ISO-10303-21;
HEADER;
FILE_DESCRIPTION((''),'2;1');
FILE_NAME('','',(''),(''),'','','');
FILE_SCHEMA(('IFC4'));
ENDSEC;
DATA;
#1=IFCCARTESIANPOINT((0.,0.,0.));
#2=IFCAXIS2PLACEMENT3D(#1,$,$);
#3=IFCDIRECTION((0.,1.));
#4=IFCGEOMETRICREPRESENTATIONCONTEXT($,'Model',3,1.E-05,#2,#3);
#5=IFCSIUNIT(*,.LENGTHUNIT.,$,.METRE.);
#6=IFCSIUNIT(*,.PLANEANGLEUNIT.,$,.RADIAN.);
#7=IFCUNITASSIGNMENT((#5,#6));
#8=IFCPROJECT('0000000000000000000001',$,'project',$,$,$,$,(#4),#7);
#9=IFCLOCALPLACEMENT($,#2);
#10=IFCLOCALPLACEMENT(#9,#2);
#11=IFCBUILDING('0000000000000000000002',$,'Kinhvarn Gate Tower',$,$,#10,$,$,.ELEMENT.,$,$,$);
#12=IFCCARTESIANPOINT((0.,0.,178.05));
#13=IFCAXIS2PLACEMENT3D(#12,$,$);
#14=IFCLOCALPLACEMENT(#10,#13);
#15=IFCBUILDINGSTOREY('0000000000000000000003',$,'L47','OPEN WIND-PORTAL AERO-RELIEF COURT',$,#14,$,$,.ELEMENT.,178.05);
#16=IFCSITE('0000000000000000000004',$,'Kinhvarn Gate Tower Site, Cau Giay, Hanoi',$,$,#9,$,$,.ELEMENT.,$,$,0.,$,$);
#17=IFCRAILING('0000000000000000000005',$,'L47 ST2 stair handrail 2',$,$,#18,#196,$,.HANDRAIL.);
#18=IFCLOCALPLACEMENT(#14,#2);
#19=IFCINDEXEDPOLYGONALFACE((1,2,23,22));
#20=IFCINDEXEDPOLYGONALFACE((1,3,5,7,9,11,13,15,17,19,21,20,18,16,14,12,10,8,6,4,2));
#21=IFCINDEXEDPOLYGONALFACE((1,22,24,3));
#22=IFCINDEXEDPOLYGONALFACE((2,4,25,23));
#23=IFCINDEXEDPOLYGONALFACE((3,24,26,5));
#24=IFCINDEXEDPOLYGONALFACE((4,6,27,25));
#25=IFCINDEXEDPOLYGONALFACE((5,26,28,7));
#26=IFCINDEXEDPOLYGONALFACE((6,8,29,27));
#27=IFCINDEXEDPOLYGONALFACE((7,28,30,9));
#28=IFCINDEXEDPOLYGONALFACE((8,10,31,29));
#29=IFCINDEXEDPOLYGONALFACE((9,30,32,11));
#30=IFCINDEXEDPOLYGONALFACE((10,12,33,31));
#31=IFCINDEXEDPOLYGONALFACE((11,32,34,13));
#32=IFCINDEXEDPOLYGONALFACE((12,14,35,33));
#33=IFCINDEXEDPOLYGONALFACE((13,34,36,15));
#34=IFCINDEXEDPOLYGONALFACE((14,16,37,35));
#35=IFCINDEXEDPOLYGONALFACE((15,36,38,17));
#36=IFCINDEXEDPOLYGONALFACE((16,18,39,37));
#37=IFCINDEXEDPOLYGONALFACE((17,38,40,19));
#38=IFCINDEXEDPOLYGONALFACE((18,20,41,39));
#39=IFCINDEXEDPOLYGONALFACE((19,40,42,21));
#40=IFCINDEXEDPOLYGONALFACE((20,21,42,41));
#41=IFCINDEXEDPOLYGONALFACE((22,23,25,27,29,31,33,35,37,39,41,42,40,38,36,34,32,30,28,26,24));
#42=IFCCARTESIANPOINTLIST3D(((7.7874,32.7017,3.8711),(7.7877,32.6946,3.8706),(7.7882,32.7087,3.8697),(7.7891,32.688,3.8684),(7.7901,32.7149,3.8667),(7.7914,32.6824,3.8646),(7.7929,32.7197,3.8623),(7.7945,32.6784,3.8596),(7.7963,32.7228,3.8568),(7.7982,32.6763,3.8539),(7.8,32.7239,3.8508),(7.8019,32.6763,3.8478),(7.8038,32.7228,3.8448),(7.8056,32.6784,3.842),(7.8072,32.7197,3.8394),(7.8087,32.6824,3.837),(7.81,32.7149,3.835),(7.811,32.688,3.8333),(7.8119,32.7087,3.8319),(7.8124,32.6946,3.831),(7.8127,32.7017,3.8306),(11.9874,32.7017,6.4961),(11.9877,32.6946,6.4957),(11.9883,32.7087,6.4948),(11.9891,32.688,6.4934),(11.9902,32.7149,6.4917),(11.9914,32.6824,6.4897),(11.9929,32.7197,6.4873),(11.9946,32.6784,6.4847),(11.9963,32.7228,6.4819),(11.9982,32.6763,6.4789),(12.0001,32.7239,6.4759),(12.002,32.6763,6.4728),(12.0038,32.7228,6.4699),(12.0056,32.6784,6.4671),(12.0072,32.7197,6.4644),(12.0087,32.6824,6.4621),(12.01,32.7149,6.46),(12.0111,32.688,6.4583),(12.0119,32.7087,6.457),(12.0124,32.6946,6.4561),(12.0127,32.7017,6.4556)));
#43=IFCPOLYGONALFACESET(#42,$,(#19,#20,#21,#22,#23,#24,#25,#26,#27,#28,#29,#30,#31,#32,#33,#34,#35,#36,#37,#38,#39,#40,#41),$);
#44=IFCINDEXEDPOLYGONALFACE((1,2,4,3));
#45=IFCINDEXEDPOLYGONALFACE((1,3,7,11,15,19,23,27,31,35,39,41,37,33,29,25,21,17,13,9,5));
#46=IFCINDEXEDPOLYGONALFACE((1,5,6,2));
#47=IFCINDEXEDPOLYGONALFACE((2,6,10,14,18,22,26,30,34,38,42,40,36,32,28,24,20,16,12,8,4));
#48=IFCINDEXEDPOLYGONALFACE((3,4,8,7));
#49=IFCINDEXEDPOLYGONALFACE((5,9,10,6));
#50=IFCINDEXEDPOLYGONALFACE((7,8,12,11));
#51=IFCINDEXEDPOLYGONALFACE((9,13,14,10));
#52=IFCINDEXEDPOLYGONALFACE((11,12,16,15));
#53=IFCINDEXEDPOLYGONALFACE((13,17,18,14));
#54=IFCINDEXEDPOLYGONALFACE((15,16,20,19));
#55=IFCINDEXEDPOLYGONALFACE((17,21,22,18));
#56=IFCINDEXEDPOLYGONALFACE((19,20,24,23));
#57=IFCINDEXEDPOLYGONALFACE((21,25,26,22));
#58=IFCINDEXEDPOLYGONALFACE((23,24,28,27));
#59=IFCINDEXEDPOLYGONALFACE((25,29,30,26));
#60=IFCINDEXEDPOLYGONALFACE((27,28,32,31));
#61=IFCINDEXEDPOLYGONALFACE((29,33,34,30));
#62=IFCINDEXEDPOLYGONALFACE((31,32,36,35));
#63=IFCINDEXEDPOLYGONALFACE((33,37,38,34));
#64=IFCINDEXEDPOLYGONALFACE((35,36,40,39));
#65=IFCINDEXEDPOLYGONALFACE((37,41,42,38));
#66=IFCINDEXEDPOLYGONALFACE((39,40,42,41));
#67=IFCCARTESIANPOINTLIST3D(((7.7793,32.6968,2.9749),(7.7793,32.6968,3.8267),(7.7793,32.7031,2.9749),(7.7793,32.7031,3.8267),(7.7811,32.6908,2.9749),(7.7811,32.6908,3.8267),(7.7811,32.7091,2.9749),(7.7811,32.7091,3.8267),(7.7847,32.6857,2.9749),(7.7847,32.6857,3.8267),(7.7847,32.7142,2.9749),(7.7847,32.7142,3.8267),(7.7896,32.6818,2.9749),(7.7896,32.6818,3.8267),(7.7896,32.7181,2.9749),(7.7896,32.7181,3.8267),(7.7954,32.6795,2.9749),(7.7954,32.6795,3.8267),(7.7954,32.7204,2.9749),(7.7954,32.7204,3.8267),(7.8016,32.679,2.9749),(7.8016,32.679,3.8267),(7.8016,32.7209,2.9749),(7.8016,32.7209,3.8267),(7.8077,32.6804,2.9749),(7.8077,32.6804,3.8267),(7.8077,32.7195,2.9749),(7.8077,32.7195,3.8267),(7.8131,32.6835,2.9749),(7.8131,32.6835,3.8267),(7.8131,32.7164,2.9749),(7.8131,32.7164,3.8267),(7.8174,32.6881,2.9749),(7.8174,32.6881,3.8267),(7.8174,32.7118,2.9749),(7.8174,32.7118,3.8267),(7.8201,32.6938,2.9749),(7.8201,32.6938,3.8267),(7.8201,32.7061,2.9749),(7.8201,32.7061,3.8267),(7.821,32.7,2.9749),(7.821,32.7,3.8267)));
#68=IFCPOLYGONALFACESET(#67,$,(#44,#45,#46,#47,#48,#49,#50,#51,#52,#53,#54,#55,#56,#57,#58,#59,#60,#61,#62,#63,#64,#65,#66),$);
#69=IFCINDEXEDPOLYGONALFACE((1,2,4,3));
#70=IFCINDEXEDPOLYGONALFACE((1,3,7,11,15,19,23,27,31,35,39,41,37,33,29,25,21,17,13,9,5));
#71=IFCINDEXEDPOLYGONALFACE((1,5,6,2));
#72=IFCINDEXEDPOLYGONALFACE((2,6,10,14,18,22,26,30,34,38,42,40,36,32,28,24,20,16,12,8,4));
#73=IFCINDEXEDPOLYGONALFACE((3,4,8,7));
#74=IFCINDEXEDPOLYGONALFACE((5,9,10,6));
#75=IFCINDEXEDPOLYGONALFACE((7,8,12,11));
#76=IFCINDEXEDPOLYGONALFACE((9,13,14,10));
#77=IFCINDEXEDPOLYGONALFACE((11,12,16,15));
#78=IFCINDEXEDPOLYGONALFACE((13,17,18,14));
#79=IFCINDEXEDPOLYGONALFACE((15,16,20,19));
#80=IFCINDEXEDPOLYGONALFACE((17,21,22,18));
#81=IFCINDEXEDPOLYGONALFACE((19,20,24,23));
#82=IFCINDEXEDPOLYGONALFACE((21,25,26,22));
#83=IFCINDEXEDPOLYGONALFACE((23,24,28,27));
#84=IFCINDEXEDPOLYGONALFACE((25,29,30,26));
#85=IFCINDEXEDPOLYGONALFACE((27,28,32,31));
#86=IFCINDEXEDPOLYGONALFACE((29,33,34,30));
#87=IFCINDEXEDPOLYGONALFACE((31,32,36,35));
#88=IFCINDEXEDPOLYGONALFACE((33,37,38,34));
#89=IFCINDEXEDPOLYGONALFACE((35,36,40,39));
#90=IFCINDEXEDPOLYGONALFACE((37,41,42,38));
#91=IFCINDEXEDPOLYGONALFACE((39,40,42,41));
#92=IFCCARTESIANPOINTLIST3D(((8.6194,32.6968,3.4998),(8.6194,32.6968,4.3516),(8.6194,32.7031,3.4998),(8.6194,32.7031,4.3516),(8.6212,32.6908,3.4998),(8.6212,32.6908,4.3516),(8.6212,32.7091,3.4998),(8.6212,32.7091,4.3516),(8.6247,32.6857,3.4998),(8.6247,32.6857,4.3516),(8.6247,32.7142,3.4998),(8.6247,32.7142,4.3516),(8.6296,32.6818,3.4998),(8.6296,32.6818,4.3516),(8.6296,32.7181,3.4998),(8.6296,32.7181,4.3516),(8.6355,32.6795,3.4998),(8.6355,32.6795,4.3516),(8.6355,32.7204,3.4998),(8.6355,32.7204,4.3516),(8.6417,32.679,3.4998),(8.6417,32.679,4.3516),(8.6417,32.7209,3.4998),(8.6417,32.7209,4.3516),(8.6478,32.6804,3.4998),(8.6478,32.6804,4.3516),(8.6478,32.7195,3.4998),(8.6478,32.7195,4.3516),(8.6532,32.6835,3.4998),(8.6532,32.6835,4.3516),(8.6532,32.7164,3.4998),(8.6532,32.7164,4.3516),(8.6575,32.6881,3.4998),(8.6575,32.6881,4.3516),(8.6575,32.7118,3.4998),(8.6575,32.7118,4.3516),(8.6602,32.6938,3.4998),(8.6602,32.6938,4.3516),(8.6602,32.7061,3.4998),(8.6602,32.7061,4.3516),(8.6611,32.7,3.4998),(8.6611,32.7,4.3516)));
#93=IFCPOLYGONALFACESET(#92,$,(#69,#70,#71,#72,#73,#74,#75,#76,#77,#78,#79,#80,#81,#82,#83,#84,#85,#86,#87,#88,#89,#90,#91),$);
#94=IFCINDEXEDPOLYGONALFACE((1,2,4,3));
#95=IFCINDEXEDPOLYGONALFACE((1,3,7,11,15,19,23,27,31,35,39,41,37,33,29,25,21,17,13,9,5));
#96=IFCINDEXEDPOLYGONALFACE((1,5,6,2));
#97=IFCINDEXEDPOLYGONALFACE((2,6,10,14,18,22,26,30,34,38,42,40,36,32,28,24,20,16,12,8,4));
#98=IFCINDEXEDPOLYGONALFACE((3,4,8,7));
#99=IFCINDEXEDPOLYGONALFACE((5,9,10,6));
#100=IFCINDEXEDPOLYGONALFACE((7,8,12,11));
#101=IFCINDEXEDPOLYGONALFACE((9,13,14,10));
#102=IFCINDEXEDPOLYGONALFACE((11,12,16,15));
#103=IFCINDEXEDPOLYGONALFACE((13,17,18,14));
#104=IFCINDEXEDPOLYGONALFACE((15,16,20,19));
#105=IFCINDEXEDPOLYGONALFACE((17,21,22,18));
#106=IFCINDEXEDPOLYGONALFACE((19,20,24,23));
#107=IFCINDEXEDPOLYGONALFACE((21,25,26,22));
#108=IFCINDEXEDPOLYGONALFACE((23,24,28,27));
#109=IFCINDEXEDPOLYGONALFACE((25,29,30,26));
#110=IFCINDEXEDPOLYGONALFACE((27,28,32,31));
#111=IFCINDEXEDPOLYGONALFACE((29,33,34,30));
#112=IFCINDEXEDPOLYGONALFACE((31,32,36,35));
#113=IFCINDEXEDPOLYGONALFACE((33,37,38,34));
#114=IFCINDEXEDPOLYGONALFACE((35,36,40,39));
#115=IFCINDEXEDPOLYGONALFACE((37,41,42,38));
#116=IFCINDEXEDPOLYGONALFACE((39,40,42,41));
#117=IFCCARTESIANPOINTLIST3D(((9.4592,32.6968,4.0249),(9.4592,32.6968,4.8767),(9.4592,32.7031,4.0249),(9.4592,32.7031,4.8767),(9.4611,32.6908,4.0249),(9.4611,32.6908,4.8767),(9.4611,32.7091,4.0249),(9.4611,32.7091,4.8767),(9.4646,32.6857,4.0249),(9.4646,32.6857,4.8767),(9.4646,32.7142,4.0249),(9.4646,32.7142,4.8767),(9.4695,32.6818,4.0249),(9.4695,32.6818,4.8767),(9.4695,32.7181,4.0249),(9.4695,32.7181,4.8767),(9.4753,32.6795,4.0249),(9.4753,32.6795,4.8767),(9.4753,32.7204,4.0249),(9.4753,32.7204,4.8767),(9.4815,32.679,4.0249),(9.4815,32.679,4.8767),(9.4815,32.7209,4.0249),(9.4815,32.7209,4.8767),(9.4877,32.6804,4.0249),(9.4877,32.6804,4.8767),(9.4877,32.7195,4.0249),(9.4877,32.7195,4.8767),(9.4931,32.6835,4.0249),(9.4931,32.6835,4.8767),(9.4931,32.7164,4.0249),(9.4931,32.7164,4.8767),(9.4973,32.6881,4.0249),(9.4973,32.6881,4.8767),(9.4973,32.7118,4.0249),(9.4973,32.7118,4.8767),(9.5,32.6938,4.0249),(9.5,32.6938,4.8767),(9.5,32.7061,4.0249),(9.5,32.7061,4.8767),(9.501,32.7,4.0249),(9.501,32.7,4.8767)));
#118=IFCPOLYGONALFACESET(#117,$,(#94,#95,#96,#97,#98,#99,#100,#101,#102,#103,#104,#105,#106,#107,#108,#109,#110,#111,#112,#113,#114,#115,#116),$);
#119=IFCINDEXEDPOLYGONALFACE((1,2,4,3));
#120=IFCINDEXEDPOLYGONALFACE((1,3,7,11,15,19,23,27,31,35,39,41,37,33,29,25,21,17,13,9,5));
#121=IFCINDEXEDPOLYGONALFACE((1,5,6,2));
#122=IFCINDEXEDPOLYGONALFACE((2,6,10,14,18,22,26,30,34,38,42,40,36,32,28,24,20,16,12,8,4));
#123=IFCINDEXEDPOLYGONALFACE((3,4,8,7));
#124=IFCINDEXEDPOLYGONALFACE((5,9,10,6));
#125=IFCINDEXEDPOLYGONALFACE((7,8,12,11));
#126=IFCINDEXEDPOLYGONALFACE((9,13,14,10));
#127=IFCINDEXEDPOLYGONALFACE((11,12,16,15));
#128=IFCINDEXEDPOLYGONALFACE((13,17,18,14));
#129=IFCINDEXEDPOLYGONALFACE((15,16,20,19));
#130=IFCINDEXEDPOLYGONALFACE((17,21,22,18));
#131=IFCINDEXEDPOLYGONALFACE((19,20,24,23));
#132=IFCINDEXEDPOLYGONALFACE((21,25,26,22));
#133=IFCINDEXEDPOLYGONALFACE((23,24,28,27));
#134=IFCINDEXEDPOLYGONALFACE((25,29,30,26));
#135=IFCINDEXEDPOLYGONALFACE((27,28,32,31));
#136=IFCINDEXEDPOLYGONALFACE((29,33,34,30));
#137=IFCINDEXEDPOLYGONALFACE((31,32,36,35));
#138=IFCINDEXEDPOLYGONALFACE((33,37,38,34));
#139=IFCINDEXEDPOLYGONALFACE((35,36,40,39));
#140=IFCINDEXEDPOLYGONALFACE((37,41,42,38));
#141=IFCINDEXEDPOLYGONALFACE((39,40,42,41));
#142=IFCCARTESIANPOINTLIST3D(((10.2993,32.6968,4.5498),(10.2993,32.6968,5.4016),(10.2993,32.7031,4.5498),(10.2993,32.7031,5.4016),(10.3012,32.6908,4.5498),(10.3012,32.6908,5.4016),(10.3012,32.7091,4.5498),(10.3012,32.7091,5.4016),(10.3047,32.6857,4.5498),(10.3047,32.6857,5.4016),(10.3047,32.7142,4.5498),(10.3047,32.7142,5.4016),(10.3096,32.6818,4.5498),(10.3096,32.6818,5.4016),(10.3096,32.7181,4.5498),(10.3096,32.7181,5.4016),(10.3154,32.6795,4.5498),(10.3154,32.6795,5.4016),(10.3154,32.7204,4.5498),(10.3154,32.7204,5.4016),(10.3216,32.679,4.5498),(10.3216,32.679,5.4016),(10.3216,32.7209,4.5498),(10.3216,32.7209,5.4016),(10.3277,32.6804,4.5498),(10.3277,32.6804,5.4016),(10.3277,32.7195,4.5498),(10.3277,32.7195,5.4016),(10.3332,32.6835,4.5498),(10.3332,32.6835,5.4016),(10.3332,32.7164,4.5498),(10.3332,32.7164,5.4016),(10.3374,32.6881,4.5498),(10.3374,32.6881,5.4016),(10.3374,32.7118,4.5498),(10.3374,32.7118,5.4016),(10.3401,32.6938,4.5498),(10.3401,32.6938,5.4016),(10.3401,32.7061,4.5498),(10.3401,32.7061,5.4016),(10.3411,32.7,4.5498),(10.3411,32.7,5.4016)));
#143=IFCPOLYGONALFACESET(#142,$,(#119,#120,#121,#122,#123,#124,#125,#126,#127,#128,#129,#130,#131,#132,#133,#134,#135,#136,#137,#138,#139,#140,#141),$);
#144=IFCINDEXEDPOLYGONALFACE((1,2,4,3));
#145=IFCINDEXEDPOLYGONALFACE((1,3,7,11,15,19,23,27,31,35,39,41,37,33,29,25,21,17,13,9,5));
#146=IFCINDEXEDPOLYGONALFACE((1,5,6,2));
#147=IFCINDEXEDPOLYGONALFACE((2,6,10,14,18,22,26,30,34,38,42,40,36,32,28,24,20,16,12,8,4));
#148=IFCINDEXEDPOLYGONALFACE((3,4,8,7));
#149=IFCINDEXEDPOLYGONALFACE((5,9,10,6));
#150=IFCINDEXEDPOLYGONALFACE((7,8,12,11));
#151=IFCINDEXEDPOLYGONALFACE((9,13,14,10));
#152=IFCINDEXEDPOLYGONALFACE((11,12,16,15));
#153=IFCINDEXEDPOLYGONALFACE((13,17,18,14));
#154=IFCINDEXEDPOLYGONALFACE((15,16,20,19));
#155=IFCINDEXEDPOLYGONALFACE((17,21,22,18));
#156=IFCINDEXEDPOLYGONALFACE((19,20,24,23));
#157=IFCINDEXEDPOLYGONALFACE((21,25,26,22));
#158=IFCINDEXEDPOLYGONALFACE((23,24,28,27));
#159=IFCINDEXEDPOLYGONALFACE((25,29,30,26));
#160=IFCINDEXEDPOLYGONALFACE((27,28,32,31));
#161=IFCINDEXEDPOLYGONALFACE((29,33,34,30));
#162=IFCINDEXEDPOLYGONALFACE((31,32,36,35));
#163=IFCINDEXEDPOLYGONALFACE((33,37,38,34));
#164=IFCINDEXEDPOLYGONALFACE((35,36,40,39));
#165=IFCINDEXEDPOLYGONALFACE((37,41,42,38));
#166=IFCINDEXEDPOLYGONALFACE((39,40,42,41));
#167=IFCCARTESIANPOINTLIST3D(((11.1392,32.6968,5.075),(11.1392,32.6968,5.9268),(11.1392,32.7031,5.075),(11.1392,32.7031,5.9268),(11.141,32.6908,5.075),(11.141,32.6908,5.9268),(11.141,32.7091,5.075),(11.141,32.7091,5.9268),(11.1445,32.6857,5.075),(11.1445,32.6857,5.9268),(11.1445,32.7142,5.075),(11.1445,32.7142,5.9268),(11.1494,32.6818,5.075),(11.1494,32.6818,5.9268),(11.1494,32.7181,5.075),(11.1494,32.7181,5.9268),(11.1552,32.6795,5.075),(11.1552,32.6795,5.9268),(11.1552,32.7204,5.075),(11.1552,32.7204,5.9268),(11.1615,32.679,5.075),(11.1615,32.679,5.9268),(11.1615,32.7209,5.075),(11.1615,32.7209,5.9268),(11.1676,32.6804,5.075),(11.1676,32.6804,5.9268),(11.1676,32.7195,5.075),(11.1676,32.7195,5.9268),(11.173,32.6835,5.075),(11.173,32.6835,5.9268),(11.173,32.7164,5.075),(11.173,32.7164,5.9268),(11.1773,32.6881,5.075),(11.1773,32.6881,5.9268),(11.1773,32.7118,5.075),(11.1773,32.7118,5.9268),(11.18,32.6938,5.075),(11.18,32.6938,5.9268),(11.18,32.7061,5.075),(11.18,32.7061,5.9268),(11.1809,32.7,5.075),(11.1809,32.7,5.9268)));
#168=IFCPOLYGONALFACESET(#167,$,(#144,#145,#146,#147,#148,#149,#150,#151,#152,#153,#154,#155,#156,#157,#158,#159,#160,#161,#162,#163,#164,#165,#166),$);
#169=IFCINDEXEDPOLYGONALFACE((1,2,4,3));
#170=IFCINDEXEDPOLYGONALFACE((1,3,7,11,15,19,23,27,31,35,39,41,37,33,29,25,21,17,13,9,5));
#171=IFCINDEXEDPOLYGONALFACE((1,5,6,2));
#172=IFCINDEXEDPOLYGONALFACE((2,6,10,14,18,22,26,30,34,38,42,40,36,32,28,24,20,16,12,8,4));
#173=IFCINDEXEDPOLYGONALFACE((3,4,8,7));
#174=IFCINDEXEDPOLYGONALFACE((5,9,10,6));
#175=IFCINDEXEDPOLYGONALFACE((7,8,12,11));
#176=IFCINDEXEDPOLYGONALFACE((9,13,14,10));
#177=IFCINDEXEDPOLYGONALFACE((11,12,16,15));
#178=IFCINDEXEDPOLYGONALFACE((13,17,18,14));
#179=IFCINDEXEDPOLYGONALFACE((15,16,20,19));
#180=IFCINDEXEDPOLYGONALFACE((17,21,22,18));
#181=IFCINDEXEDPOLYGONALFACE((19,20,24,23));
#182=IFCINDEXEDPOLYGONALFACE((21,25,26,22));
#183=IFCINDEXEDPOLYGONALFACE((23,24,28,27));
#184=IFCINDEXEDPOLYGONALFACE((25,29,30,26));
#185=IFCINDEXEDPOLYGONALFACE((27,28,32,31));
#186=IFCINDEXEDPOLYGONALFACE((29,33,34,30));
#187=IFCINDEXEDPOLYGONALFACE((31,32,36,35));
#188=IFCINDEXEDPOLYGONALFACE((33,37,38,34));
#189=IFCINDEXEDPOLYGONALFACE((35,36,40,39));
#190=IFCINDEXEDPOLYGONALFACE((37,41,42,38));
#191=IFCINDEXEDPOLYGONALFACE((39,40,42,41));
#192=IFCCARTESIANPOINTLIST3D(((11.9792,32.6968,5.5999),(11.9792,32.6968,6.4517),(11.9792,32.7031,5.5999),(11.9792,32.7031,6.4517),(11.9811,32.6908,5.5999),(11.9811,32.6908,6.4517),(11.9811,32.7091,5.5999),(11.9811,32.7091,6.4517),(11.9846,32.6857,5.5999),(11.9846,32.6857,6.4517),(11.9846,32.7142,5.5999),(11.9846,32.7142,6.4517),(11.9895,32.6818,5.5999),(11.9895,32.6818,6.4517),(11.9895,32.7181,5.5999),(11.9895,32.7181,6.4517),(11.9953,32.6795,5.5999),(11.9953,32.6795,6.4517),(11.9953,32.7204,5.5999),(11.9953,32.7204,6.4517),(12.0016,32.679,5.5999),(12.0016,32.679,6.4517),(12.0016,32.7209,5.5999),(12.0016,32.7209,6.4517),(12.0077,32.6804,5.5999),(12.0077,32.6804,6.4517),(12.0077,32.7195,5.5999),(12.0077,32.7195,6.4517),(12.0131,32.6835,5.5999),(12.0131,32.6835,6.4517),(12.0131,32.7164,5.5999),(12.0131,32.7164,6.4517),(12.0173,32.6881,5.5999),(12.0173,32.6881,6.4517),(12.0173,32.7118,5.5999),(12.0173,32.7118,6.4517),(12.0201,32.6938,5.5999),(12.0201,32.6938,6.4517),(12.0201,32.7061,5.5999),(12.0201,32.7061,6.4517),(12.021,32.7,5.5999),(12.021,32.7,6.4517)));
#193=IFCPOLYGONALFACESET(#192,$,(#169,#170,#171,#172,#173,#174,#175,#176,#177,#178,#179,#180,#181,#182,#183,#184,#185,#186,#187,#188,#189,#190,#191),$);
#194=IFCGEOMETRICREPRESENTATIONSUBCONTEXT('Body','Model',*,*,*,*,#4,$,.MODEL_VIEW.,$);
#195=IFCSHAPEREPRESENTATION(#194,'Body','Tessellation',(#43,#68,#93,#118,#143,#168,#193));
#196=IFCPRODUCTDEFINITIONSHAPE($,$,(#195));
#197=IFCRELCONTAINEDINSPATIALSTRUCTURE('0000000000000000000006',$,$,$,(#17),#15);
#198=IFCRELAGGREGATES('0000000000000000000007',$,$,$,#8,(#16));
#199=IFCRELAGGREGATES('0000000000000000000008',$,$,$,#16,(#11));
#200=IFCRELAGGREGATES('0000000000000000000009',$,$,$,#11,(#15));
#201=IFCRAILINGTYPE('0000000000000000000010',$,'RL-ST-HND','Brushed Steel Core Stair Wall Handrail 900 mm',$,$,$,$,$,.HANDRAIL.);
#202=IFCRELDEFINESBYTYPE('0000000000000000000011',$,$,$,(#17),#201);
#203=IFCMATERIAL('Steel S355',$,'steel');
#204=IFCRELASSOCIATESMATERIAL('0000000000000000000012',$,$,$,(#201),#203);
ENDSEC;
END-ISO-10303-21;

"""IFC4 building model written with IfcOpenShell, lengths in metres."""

from ifc_helpers import new_model, si_unit, direction, frame, origin, origin_2d, place, context, subcontext, project, spatial, circle, extrude, material, type_object, element, save


model = new_model("IFC4")

# Units and contexts
model_context = context("Model", 3, precision=1e-05, world=origin(), true_north=direction((0.0, 1.0)))
body_context = subcontext(model_context, "Body", "Model", "MODEL_VIEW")
ifc_project = project(units=[si_unit("LENGTHUNIT", "METRE"), si_unit("PLANEANGLEUNIT", "RADIAN")], contexts=[model_context])

# Site, building, storey
site_placement = place(None, origin())
site = spatial("IfcSite", under=ifc_project, at=site_placement, Name="Kinhvarn Gate Tower Site, Cau Giay, Hanoi", CompositionType="ELEMENT", RefElevation=0.0)
building_placement = place(site_placement, origin())
building = spatial("IfcBuilding", under=site, at=building_placement, Name="Kinhvarn Gate Tower", CompositionType="ELEMENT")
storey_placement = place(building_placement, frame((0.0, 0.0, 178.05)))
storey = spatial("IfcBuildingStorey", under=building, at=storey_placement, Name="L47", Description="OPEN WIND-PORTAL AERO-RELIEF COURT", CompositionType="ELEMENT", Elevation=178.05)

# Shared definitions
ifc_material_1 = material(Name="Steel S355", Category="steel")

# Railing
railing_type_1 = type_object("IfcRailingType", Name="RL-ST-HND", Description="Brushed Steel Core Stair Wall Handrail 900 mm", PredefinedType="HANDRAIL", material=ifc_material_1)
railing_1_placement = place(storey_placement, frame((7.8, 32.7, 2.9749)))
element("IfcRailing", 1, at=railing_1_placement, inside=storey, type_object=railing_type_1, Name="L47 ST2 stair handrail 2", PredefinedType="HANDRAIL", context=body_context, shape_type="SweptSolid", body=[
    extrude(circle(Radius=0.0239, at=origin_2d()), frame((0.0, 0.0, 0.876), z_axis=(0.847996, 0.0, 0.530003), x_axis=(0.0, 1.0, 0.0)), (0.0, 0.0, 1.0), 4.9529),
    extrude(circle(Radius=0.021, at=origin_2d()), origin(), (0.0, 0.0, 1.0), 0.8518),
    extrude(circle(Radius=0.021, at=origin_2d()), frame((0.8401, 0.0, 0.5249)), (0.0, 0.0, 1.0), 0.8518),
    extrude(circle(Radius=0.021, at=origin_2d()), frame((1.6799, 0.0, 1.05)), (0.0, 0.0, 1.0), 0.8518),
    extrude(circle(Radius=0.021, at=origin_2d()), frame((2.52, 0.0, 1.575)), (0.0, 0.0, 1.0), 0.8518),
    extrude(circle(Radius=0.021, at=origin_2d()), frame((3.3599, 0.0, 2.1001)), (0.0, 0.0, 1.0), 0.8518),
    extrude(circle(Radius=0.021, at=origin_2d()), frame((4.2, 0.0, 2.625)), (0.0, 0.0, 1.0), 0.8518),
])

save(model, "model.ifc")
